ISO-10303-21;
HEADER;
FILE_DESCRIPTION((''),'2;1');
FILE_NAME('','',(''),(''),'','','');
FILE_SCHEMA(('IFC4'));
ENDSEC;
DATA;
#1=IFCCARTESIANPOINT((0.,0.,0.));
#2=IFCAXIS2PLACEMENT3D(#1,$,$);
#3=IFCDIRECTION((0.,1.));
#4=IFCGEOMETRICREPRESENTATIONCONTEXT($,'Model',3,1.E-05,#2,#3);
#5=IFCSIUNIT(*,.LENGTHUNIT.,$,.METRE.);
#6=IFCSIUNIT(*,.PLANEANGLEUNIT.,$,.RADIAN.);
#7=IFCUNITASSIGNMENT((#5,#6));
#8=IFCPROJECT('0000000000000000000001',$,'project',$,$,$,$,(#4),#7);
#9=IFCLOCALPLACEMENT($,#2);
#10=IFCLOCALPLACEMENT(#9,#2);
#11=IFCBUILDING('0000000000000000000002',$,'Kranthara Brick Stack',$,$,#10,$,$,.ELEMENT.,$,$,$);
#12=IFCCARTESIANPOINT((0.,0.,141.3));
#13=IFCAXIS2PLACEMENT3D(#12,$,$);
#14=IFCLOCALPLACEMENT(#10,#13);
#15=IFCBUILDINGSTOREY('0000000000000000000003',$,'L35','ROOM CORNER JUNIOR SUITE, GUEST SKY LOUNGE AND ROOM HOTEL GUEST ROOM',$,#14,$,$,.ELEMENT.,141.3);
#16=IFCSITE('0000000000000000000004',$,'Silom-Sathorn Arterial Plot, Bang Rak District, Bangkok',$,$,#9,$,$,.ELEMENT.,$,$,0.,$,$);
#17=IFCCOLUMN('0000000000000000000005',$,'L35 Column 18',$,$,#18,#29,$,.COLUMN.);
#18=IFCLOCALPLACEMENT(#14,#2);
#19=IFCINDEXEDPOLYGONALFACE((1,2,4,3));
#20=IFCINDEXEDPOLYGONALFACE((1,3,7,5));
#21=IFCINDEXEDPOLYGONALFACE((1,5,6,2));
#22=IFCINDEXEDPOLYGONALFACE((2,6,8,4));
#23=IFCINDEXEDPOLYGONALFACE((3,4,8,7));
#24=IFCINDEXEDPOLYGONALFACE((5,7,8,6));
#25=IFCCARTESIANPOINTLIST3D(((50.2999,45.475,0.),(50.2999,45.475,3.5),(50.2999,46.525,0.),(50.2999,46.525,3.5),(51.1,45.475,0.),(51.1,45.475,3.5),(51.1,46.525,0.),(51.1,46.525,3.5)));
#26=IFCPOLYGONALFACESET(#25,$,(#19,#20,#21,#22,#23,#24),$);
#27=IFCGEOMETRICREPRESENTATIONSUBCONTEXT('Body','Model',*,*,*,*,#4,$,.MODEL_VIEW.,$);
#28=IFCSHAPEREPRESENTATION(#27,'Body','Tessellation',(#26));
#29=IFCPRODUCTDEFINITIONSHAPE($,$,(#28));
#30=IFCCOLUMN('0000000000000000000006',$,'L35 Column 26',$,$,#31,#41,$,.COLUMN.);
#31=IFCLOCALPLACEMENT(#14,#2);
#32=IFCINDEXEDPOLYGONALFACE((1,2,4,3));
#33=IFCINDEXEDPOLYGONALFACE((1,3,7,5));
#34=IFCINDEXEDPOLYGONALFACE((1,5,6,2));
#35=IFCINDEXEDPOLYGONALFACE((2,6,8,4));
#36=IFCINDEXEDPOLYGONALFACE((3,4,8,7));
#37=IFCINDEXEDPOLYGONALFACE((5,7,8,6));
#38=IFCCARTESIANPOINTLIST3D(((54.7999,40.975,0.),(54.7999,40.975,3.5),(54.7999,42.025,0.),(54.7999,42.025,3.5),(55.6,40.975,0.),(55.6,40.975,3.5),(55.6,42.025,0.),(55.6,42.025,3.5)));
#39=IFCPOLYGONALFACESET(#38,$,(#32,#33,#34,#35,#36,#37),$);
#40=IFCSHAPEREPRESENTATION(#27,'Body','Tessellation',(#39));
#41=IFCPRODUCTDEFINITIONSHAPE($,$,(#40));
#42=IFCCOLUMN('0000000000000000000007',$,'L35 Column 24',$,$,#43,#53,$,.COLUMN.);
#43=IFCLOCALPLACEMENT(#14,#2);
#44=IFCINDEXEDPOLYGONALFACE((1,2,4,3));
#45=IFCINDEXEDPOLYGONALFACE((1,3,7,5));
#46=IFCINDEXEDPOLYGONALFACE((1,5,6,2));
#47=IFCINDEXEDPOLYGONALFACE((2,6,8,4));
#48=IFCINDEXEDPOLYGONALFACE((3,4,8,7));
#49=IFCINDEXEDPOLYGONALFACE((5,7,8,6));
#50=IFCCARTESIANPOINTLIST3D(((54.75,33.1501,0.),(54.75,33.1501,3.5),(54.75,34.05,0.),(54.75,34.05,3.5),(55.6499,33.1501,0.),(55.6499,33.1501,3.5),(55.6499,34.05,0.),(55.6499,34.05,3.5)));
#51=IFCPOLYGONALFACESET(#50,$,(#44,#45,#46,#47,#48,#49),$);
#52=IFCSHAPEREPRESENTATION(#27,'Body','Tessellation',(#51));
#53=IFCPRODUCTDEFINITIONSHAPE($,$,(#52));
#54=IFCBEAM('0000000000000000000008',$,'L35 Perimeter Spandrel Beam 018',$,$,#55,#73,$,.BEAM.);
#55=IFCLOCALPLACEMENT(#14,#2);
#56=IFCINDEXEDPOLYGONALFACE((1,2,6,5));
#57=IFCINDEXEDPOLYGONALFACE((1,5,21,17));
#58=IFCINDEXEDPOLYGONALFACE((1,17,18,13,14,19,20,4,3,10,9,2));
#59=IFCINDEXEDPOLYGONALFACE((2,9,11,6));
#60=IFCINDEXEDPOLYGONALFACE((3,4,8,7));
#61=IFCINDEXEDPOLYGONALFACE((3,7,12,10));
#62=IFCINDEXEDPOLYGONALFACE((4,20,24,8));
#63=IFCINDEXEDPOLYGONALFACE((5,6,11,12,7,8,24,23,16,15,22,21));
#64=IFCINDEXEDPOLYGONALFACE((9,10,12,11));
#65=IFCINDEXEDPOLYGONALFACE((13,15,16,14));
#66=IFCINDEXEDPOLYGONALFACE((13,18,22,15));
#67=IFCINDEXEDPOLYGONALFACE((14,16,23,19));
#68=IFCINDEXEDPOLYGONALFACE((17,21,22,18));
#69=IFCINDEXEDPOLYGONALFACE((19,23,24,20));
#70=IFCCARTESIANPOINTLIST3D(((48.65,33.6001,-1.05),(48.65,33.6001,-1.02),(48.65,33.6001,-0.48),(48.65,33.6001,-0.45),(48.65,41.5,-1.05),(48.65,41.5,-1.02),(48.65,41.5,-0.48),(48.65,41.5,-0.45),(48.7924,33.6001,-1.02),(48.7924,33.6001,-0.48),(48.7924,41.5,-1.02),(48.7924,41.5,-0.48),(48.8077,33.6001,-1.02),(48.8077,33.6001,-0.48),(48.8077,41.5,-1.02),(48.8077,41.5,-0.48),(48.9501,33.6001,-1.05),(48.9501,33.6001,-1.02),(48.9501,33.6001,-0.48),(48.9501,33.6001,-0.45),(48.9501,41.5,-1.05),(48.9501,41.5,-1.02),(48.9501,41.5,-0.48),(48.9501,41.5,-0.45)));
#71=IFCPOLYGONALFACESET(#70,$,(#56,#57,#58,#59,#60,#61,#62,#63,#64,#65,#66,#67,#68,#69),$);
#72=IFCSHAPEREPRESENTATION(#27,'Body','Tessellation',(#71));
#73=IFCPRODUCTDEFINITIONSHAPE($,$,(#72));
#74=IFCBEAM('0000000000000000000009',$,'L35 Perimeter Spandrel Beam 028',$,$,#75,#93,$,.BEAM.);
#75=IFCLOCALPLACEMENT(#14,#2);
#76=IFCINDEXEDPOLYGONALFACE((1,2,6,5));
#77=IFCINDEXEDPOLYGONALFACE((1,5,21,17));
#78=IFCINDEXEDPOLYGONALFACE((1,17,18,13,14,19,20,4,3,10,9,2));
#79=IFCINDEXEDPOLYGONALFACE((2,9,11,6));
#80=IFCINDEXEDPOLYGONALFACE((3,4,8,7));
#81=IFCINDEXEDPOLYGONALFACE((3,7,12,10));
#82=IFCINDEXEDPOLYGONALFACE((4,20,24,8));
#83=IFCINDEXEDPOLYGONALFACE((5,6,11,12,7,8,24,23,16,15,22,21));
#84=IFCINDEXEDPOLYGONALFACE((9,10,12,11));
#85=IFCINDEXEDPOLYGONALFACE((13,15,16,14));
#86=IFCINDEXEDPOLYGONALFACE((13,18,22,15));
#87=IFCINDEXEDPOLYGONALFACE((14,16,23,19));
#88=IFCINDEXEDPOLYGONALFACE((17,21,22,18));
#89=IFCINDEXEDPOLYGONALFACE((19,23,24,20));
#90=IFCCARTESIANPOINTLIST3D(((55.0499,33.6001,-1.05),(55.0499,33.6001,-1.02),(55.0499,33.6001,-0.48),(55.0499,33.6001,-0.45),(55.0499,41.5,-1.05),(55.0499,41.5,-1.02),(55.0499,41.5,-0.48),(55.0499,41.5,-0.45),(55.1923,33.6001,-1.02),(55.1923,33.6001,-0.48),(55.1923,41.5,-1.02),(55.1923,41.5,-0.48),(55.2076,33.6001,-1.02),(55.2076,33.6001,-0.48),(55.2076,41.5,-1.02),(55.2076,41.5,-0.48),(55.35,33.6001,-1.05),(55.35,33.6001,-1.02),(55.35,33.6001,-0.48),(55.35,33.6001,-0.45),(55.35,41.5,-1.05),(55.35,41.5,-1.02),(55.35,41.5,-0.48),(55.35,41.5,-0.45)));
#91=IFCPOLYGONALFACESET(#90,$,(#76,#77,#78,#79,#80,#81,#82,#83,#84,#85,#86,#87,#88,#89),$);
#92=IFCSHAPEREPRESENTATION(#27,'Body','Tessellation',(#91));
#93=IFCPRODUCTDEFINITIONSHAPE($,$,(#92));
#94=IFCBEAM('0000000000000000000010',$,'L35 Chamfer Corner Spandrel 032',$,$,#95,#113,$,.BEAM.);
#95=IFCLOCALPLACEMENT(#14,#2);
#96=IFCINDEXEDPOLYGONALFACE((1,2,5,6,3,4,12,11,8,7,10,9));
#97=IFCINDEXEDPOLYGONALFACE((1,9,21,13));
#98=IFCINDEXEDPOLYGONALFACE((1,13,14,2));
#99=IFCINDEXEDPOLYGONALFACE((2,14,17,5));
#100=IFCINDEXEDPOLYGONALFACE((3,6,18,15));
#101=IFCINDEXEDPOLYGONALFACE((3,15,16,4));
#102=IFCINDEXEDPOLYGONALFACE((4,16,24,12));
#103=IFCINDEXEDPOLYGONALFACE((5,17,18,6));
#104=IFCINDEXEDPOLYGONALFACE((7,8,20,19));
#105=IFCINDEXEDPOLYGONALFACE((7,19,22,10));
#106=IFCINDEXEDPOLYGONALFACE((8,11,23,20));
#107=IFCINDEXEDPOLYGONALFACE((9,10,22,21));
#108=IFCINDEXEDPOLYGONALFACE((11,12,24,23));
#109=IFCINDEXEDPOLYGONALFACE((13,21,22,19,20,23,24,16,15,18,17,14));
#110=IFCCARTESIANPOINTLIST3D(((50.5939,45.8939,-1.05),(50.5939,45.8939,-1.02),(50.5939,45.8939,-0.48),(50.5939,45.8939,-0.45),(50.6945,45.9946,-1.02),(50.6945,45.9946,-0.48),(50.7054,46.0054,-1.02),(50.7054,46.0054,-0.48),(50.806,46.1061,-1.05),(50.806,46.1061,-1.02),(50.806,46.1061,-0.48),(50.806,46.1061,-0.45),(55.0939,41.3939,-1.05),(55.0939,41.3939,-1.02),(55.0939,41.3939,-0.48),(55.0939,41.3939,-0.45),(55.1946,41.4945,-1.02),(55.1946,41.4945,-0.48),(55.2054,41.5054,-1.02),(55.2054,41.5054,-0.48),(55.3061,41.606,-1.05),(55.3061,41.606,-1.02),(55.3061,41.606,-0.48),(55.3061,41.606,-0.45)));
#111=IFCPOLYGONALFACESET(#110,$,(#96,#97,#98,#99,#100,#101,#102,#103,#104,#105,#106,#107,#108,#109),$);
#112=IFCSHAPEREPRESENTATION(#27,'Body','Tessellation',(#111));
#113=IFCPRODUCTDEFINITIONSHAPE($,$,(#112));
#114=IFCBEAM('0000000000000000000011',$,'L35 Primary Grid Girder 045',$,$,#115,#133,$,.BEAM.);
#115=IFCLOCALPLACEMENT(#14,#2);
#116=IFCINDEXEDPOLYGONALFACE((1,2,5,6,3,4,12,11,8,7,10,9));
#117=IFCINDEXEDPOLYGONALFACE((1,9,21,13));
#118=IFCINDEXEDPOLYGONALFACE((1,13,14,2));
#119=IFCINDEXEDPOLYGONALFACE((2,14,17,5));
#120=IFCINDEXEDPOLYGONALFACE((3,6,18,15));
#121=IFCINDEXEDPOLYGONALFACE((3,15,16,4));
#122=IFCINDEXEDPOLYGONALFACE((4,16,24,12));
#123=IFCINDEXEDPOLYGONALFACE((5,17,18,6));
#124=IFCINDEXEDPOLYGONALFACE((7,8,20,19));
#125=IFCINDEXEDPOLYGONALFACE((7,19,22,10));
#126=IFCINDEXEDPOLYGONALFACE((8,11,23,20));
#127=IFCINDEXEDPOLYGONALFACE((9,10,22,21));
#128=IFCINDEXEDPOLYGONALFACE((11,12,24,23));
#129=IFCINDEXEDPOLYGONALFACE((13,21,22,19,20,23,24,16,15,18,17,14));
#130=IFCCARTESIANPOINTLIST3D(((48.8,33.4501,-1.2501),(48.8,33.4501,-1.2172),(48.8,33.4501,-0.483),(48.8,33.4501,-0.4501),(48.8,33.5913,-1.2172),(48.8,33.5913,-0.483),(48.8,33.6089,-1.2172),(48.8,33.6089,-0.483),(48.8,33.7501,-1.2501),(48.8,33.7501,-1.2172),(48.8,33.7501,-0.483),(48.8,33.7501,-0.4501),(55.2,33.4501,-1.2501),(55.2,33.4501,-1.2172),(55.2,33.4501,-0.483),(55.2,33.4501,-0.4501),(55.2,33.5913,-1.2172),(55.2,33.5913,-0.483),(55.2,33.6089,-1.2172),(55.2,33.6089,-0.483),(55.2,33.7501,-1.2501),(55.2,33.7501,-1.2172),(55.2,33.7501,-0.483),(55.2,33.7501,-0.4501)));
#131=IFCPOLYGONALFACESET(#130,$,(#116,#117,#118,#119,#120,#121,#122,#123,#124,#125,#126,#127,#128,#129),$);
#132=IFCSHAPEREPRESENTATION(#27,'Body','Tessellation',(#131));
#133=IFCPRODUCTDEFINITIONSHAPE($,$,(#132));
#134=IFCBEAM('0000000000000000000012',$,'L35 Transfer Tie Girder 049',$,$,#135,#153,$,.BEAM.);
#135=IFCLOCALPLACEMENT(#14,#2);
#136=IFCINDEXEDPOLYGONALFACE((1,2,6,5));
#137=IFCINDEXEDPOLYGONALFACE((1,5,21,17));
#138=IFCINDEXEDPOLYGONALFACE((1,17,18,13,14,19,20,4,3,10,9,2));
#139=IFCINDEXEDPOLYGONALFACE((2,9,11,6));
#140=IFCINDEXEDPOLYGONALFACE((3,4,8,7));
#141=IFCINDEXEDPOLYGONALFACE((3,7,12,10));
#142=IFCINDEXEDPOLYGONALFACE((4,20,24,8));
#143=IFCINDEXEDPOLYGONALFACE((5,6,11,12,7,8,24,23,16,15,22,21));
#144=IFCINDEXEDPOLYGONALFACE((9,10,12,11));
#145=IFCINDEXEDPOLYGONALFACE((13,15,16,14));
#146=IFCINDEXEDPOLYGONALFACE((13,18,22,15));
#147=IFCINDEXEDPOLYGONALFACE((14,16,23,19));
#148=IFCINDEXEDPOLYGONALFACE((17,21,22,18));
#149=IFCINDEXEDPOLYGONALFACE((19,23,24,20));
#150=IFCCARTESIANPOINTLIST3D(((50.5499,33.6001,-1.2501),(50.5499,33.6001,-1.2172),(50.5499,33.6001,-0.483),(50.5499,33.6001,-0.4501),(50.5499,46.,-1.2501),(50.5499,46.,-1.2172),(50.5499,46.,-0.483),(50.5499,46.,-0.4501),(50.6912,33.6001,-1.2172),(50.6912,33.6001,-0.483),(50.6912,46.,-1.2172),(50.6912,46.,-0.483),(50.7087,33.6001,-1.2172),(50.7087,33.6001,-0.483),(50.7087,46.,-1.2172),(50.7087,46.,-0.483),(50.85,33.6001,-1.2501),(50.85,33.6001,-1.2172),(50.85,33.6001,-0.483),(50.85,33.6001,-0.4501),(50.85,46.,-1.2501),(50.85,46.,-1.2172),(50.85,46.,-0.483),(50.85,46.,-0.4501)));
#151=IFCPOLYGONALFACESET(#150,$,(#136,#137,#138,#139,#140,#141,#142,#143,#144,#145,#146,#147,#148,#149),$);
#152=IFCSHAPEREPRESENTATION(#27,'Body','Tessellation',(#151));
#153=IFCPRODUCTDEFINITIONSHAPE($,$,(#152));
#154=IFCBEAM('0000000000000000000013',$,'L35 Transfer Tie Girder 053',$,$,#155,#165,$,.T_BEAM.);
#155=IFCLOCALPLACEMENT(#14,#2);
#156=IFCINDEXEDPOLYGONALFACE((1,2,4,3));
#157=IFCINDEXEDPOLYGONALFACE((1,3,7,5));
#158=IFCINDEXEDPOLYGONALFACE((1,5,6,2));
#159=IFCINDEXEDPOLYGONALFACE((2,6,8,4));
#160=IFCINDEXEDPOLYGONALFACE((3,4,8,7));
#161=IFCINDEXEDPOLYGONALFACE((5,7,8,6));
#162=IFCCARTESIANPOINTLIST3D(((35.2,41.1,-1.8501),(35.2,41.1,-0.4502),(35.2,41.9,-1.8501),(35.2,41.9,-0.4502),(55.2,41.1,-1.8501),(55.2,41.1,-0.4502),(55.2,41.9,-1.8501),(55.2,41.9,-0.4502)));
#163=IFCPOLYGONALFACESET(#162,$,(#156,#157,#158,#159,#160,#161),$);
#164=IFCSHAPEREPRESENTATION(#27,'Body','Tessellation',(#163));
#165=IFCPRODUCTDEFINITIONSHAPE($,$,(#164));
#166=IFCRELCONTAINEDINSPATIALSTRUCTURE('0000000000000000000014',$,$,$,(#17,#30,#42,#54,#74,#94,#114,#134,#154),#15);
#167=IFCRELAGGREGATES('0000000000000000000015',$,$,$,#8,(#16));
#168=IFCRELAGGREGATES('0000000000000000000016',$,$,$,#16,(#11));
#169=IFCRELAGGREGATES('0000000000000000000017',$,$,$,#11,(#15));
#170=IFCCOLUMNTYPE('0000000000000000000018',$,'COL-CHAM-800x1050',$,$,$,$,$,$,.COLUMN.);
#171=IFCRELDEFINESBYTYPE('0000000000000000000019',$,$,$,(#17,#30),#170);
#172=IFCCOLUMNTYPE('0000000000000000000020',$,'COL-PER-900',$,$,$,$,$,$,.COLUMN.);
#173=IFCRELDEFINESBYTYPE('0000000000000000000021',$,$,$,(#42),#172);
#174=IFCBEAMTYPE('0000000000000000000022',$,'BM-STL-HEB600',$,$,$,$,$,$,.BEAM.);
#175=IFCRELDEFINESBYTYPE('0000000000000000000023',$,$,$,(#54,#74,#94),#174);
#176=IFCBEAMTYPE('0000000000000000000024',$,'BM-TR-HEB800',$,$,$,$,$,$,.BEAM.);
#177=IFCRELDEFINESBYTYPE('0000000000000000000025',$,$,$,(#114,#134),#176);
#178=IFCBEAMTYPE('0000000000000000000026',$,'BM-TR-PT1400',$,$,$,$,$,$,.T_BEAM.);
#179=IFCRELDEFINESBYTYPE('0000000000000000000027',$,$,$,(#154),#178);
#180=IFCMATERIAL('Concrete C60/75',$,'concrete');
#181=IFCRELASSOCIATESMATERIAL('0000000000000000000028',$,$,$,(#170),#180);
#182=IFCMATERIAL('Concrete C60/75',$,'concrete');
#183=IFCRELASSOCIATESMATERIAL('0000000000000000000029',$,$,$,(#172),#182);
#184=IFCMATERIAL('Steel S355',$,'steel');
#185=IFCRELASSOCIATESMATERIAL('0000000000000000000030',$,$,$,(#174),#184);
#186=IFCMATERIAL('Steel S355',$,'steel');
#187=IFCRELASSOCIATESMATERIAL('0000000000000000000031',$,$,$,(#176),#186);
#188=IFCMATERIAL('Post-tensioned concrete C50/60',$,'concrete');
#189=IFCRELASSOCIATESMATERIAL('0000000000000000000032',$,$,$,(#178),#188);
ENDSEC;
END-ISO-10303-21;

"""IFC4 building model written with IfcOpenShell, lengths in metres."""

from ifc_helpers import new_model, si_unit, direction, frame, origin, origin_2d, place, context, subcontext, project, spatial, rectangle, i_section, extrude, material, material_profile, profile_set, type_object, element, save


model = new_model("IFC4")

# Units and contexts
model_context = context("Model", 3, precision=1e-05, world=origin(), true_north=direction((0.0, 1.0)))
body_context = subcontext(model_context, "Body", "Model", "MODEL_VIEW")
ifc_project = project(units=[si_unit("LENGTHUNIT", "METRE"), si_unit("PLANEANGLEUNIT", "RADIAN")], contexts=[model_context])

# Site, building, storey
site_placement = place(None, origin())
site = spatial("IfcSite", under=ifc_project, at=site_placement, Name="Silom-Sathorn Arterial Plot, Bang Rak District, Bangkok", CompositionType="ELEMENT", RefElevation=0.0)
building_placement = place(site_placement, origin())
building = spatial("IfcBuilding", under=site, at=building_placement, Name="Kranthara Brick Stack", CompositionType="ELEMENT")
storey_placement = place(building_placement, frame((0.0, 0.0, 141.3)))
storey = spatial("IfcBuildingStorey", under=building, at=storey_placement, Name="L35", Description="ROOM CORNER JUNIOR SUITE, GUEST SKY LOUNGE AND ROOM HOTEL GUEST ROOM", CompositionType="ELEMENT", Elevation=141.3)

# Columns
ifc_material_1 = material(Name="Concrete C60/75", Category="concrete")
ifc_material_profile_1 = material_profile(ifc_material_1, rectangle(XDim=0.8, YDim=1.05, at=origin_2d()), Name="RC 800x1050")
ifc_profile_set_1 = profile_set([ifc_material_profile_1], Name="Concrete C60/75")
column_type_1 = type_object("IfcColumnType", Name="COL-CHAM-800x1050", PredefinedType="COLUMN", material=ifc_profile_set_1)
for number, where, z_axis, x_axis, name in (
    (1, (50.7, 46.0, 0.0), (0.0, 0.0, 1.0), (1.0, 0.0, 0.0), "L35 Column 18"),
    (2, (55.2, 41.5, 0.0), (0.0, 0.0, 1.0), (1.0, 0.0, 0.0), "L35 Column 26"),
):
    element("IfcColumn", number, at=place(storey_placement, frame(where, z_axis=z_axis, x_axis=x_axis)), inside=storey, type_object=column_type_1, Name=name, PredefinedType="COLUMN", context=body_context, shape_type="SweptSolid", body=[
        extrude(rectangle(XDim=0.8, YDim=1.05, at=origin_2d()), origin(), (0.0, 0.0, 1.0), 3.5),
    ])
ifc_material_2 = material(Name="Concrete C60/75", Category="concrete")
ifc_material_profile_2 = material_profile(ifc_material_2, rectangle(XDim=0.8999, YDim=0.8999, at=origin_2d()), Name="RC 900x900")
ifc_profile_set_2 = profile_set([ifc_material_profile_2], Name="Concrete C60/75")
column_type_2 = type_object("IfcColumnType", Name="COL-PER-900", PredefinedType="COLUMN", material=ifc_profile_set_2)
column_placement = place(storey_placement, frame((55.2, 33.6001, 0.0), z_axis=(0.0, 0.0, 1.0), x_axis=(1.0, 0.0, 0.0)))
element("IfcColumn", 3, at=column_placement, inside=storey, type_object=column_type_2, Name="L35 Column 24", PredefinedType="COLUMN", context=body_context, shape_type="SweptSolid", body=[
    extrude(rectangle(XDim=0.8999, YDim=0.8999, at=origin_2d()), origin(), (0.0, 0.0, 1.0), 3.5),
])

# Beams
ifc_material_3 = material(Name="Steel S355", Category="steel")
ifc_material_profile_3 = material_profile(ifc_material_3, i_section(OverallWidth=0.3, OverallDepth=0.6001, WebThickness=0.0154, FlangeThickness=0.03, at=origin_2d()), Name="HEB 600")
ifc_profile_set_3 = profile_set([ifc_material_profile_3], Name="Steel S355")
beam_type_1 = type_object("IfcBeamType", Name="BM-STL-HEB600", PredefinedType="BEAM", material=ifc_profile_set_3)
for number, where, z_axis, x_axis, name in (
    (4, (48.8, 33.6001, -0.75), (0.0, 1.0, 0.0), (-1.0, 0.0, 0.0), "L35 Perimeter Spandrel Beam 018"),
    (5, (55.2, 33.6001, -0.75), (0.0, 1.0, 0.0), (-1.0, 0.0, 0.0), "L35 Perimeter Spandrel Beam 028"),
):
    element("IfcBeam", number, at=place(storey_placement, frame(where, z_axis=z_axis, x_axis=x_axis)), inside=storey, type_object=beam_type_1, Name=name, PredefinedType="BEAM", context=body_context, shape_type="SweptSolid", body=[
        extrude(i_section(OverallWidth=0.3, OverallDepth=0.6001, WebThickness=0.0154, FlangeThickness=0.03, at=origin_2d()), origin(), (0.0, 0.0, 1.0), 7.8999),
    ])
beam_1_placement = place(storey_placement, frame((50.7, 46.0, -0.75), z_axis=(0.707107, -0.707107, 0.0), x_axis=(0.707107, 0.707107, 0.0)))
element("IfcBeam", 6, at=beam_1_placement, inside=storey, type_object=beam_type_1, Name="L35 Chamfer Corner Spandrel 032", PredefinedType="BEAM", context=body_context, shape_type="SweptSolid", body=[
    extrude(i_section(OverallWidth=0.3, OverallDepth=0.6001, WebThickness=0.0154, FlangeThickness=0.03, at=origin_2d()), origin(), (0.0, 0.0, 1.0), 6.364),
])
ifc_material_4 = material(Name="Steel S355", Category="steel")
ifc_material_profile_4 = material_profile(ifc_material_4, i_section(OverallWidth=0.3, OverallDepth=0.8, WebThickness=0.0176, FlangeThickness=0.033, at=origin_2d()), Name="HEB 800")
ifc_profile_set_4 = profile_set([ifc_material_profile_4], Name="Steel S355")
beam_type_2 = type_object("IfcBeamType", Name="BM-TR-HEB800", PredefinedType="BEAM", material=ifc_profile_set_4)
beam_2_placement = place(storey_placement, frame((48.8, 33.6001, -0.8501), z_axis=(1.0, 0.0, 0.0), x_axis=(0.0, 1.0, 0.0)))
element("IfcBeam", 7, at=beam_2_placement, inside=storey, type_object=beam_type_2, Name="L35 Primary Grid Girder 045", PredefinedType="BEAM", context=body_context, shape_type="SweptSolid", body=[
    extrude(i_section(OverallWidth=0.3, OverallDepth=0.8, WebThickness=0.0176, FlangeThickness=0.033, at=origin_2d()), origin(), (0.0, 0.0, 1.0), 6.3999),
])
beam_3_placement = place(storey_placement, frame((50.7, 46.0, -0.8501), z_axis=(0.0, -1.0, 0.0), x_axis=(1.0, 0.0, 0.0)))
element("IfcBeam", 8, at=beam_3_placement, inside=storey, type_object=beam_type_2, Name="L35 Transfer Tie Girder 049", PredefinedType="BEAM", context=body_context, shape_type="SweptSolid", body=[
    extrude(i_section(OverallWidth=0.3, OverallDepth=0.8, WebThickness=0.0176, FlangeThickness=0.033, at=origin_2d()), origin(), (0.0, 0.0, 1.0), 12.3999),
])
ifc_material_5 = material(Name="Post-tensioned concrete C50/60", Category="concrete")
ifc_material_profile_5 = material_profile(ifc_material_5, rectangle(XDim=0.8, YDim=1.3999, at=origin_2d()), Name="PT 800x1400")
ifc_profile_set_5 = profile_set([ifc_material_profile_5], Name="Post-tensioned concrete C50/60")
beam_type_3 = type_object("IfcBeamType", Name="BM-TR-PT1400", PredefinedType="T_BEAM", material=ifc_profile_set_5)
beam_4_placement = place(storey_placement, frame((55.2, 41.5, -1.1501), z_axis=(-1.0, 0.0, 0.0), x_axis=(0.0, -1.0, 0.0)))
element("IfcBeam", 9, at=beam_4_placement, inside=storey, type_object=beam_type_3, Name="L35 Transfer Tie Girder 053", PredefinedType="T_BEAM", context=body_context, shape_type="SweptSolid", body=[
    extrude(rectangle(XDim=0.8, YDim=1.3999, at=origin_2d()), origin(), (0.0, 0.0, 1.0), 20.0),
])

save(model, "model.ifc")
